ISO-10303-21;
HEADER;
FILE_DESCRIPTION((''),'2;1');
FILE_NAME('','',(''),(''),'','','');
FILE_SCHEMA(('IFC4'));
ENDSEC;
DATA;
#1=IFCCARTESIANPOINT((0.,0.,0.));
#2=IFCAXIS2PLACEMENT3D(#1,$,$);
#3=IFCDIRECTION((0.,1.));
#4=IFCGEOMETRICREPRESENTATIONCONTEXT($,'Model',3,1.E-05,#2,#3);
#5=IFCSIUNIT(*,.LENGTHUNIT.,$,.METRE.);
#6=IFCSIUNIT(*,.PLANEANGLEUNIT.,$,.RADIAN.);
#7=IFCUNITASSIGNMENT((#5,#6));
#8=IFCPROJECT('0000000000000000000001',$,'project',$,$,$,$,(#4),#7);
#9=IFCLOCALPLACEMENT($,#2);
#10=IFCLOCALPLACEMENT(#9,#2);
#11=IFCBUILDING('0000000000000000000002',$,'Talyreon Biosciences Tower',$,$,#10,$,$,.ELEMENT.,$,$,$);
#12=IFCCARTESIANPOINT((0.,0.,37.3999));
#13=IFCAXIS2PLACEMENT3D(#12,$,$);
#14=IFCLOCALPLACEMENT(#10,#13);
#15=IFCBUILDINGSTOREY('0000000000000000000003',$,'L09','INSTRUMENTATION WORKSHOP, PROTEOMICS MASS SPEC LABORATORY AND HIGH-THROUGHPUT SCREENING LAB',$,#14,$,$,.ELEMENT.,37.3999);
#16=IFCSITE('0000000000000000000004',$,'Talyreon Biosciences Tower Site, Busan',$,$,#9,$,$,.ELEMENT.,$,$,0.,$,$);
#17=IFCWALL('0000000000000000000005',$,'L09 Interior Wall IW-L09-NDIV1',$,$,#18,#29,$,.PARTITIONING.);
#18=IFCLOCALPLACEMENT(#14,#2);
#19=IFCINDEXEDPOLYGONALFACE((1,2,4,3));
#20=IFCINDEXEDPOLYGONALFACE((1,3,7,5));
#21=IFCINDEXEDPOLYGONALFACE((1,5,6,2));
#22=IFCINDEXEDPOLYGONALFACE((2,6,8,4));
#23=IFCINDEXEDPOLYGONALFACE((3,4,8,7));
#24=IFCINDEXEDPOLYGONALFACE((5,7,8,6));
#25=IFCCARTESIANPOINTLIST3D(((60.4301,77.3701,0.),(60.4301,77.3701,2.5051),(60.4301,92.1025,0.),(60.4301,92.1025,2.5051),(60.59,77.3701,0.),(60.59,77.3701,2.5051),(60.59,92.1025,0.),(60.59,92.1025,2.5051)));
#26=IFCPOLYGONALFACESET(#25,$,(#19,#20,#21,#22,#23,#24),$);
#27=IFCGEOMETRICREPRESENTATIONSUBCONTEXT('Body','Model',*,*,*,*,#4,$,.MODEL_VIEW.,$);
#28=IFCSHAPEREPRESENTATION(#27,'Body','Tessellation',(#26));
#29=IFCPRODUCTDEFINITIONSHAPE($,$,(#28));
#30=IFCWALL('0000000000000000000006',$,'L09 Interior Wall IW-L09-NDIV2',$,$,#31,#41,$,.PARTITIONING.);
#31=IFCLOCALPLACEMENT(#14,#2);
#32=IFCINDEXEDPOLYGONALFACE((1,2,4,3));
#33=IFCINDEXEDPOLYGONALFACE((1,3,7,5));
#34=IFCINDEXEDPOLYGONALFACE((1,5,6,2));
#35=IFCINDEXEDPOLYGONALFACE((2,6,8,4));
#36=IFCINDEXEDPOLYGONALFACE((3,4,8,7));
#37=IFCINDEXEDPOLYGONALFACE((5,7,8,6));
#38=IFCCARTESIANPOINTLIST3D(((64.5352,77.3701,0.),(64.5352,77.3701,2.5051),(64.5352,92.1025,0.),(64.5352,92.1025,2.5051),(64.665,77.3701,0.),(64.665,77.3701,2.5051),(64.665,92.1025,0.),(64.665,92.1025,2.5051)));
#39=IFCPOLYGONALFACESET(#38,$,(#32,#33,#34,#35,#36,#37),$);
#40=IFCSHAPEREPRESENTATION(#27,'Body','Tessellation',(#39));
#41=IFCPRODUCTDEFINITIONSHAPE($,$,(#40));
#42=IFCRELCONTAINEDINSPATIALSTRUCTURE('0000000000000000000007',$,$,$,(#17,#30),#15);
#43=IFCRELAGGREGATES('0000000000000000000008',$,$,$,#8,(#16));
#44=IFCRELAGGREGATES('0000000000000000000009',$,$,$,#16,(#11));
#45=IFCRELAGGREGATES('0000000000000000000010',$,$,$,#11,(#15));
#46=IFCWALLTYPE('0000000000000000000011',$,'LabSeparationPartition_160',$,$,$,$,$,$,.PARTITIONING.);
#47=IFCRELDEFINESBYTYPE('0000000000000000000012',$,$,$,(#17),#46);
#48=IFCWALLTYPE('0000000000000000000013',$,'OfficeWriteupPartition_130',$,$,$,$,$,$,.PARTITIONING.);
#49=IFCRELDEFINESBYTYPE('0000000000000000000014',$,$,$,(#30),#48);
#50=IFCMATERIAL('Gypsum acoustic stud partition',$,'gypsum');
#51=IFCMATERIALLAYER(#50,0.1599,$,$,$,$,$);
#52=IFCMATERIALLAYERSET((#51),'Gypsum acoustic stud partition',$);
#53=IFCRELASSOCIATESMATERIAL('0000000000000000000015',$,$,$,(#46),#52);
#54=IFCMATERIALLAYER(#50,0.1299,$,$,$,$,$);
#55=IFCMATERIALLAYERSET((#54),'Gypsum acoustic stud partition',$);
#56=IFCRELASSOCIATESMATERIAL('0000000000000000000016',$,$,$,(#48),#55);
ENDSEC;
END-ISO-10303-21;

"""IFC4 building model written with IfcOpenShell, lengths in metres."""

from ifc_helpers import new_model, si_unit, direction, frame, frame_2d, origin, place, context, subcontext, project, spatial, rectangle, extrude, material, layer, layer_set, type_object, element, save


model = new_model("IFC4")

# Units and contexts
model_context = context("Model", 3, precision=1e-05, world=origin(), true_north=direction((0.0, 1.0)))
body_context = subcontext(model_context, "Body", "Model", "MODEL_VIEW")
ifc_project = project(units=[si_unit("LENGTHUNIT", "METRE"), si_unit("PLANEANGLEUNIT", "RADIAN")], contexts=[model_context])

# Site, building, storey
site_placement = place(None, origin())
site = spatial("IfcSite", under=ifc_project, at=site_placement, Name="Talyreon Biosciences Tower Site, Busan", CompositionType="ELEMENT", RefElevation=0.0)
building_placement = place(site_placement, origin())
building = spatial("IfcBuilding", under=site, at=building_placement, Name="Talyreon Biosciences Tower", CompositionType="ELEMENT")
storey_placement = place(building_placement, frame((0.0, 0.0, 37.3999)))
storey = spatial("IfcBuildingStorey", under=building, at=storey_placement, Name="L09", Description="INSTRUMENTATION WORKSHOP, PROTEOMICS MASS SPEC LABORATORY AND HIGH-THROUGHPUT SCREENING LAB", CompositionType="ELEMENT", Elevation=37.3999)

# Walls
ifc_material_1 = material(Name="Gypsum acoustic stud partition", Category="gypsum")
ifc_layer_1 = layer(ifc_material_1, 0.1599)
ifc_layer_set_1 = layer_set([ifc_layer_1], Name="Gypsum acoustic stud partition")
wall_type_1 = type_object("IfcWallType", Name="LabSeparationPartition_160", PredefinedType="PARTITIONING", material=ifc_layer_set_1)
wall_1_placement = place(storey_placement, frame((60.51, 77.3701, 0.0), z_axis=(0.0, 0.0, 1.0), x_axis=(0.0, 1.0, 0.0)))
element("IfcWall", 1, at=wall_1_placement, inside=storey, type_object=wall_type_1, Name="L09 Interior Wall IW-L09-NDIV1", PredefinedType="PARTITIONING", context=body_context, shape_type="SweptSolid", body=[
    extrude(rectangle(XDim=14.7324, YDim=0.1599, at=frame_2d((7.3662, 0.0))), origin(), (0.0, 0.0, 1.0), 2.5051),
])
ifc_layer_2 = layer(ifc_material_1, 0.1299)
ifc_layer_set_2 = layer_set([ifc_layer_2], Name="Gypsum acoustic stud partition")
wall_type_2 = type_object("IfcWallType", Name="OfficeWriteupPartition_130", PredefinedType="PARTITIONING", material=ifc_layer_set_2)
wall_2_placement = place(storey_placement, frame((64.6001, 77.3701, 0.0), z_axis=(0.0, 0.0, 1.0), x_axis=(0.0, 1.0, 0.0)))
element("IfcWall", 2, at=wall_2_placement, inside=storey, type_object=wall_type_2, Name="L09 Interior Wall IW-L09-NDIV2", PredefinedType="PARTITIONING", context=body_context, shape_type="SweptSolid", body=[
    extrude(rectangle(XDim=14.7324, YDim=0.1299, at=frame_2d((7.3662, 0.0))), origin(), (0.0, 0.0, 1.0), 2.5051),
])

save(model, "model.ifc")
